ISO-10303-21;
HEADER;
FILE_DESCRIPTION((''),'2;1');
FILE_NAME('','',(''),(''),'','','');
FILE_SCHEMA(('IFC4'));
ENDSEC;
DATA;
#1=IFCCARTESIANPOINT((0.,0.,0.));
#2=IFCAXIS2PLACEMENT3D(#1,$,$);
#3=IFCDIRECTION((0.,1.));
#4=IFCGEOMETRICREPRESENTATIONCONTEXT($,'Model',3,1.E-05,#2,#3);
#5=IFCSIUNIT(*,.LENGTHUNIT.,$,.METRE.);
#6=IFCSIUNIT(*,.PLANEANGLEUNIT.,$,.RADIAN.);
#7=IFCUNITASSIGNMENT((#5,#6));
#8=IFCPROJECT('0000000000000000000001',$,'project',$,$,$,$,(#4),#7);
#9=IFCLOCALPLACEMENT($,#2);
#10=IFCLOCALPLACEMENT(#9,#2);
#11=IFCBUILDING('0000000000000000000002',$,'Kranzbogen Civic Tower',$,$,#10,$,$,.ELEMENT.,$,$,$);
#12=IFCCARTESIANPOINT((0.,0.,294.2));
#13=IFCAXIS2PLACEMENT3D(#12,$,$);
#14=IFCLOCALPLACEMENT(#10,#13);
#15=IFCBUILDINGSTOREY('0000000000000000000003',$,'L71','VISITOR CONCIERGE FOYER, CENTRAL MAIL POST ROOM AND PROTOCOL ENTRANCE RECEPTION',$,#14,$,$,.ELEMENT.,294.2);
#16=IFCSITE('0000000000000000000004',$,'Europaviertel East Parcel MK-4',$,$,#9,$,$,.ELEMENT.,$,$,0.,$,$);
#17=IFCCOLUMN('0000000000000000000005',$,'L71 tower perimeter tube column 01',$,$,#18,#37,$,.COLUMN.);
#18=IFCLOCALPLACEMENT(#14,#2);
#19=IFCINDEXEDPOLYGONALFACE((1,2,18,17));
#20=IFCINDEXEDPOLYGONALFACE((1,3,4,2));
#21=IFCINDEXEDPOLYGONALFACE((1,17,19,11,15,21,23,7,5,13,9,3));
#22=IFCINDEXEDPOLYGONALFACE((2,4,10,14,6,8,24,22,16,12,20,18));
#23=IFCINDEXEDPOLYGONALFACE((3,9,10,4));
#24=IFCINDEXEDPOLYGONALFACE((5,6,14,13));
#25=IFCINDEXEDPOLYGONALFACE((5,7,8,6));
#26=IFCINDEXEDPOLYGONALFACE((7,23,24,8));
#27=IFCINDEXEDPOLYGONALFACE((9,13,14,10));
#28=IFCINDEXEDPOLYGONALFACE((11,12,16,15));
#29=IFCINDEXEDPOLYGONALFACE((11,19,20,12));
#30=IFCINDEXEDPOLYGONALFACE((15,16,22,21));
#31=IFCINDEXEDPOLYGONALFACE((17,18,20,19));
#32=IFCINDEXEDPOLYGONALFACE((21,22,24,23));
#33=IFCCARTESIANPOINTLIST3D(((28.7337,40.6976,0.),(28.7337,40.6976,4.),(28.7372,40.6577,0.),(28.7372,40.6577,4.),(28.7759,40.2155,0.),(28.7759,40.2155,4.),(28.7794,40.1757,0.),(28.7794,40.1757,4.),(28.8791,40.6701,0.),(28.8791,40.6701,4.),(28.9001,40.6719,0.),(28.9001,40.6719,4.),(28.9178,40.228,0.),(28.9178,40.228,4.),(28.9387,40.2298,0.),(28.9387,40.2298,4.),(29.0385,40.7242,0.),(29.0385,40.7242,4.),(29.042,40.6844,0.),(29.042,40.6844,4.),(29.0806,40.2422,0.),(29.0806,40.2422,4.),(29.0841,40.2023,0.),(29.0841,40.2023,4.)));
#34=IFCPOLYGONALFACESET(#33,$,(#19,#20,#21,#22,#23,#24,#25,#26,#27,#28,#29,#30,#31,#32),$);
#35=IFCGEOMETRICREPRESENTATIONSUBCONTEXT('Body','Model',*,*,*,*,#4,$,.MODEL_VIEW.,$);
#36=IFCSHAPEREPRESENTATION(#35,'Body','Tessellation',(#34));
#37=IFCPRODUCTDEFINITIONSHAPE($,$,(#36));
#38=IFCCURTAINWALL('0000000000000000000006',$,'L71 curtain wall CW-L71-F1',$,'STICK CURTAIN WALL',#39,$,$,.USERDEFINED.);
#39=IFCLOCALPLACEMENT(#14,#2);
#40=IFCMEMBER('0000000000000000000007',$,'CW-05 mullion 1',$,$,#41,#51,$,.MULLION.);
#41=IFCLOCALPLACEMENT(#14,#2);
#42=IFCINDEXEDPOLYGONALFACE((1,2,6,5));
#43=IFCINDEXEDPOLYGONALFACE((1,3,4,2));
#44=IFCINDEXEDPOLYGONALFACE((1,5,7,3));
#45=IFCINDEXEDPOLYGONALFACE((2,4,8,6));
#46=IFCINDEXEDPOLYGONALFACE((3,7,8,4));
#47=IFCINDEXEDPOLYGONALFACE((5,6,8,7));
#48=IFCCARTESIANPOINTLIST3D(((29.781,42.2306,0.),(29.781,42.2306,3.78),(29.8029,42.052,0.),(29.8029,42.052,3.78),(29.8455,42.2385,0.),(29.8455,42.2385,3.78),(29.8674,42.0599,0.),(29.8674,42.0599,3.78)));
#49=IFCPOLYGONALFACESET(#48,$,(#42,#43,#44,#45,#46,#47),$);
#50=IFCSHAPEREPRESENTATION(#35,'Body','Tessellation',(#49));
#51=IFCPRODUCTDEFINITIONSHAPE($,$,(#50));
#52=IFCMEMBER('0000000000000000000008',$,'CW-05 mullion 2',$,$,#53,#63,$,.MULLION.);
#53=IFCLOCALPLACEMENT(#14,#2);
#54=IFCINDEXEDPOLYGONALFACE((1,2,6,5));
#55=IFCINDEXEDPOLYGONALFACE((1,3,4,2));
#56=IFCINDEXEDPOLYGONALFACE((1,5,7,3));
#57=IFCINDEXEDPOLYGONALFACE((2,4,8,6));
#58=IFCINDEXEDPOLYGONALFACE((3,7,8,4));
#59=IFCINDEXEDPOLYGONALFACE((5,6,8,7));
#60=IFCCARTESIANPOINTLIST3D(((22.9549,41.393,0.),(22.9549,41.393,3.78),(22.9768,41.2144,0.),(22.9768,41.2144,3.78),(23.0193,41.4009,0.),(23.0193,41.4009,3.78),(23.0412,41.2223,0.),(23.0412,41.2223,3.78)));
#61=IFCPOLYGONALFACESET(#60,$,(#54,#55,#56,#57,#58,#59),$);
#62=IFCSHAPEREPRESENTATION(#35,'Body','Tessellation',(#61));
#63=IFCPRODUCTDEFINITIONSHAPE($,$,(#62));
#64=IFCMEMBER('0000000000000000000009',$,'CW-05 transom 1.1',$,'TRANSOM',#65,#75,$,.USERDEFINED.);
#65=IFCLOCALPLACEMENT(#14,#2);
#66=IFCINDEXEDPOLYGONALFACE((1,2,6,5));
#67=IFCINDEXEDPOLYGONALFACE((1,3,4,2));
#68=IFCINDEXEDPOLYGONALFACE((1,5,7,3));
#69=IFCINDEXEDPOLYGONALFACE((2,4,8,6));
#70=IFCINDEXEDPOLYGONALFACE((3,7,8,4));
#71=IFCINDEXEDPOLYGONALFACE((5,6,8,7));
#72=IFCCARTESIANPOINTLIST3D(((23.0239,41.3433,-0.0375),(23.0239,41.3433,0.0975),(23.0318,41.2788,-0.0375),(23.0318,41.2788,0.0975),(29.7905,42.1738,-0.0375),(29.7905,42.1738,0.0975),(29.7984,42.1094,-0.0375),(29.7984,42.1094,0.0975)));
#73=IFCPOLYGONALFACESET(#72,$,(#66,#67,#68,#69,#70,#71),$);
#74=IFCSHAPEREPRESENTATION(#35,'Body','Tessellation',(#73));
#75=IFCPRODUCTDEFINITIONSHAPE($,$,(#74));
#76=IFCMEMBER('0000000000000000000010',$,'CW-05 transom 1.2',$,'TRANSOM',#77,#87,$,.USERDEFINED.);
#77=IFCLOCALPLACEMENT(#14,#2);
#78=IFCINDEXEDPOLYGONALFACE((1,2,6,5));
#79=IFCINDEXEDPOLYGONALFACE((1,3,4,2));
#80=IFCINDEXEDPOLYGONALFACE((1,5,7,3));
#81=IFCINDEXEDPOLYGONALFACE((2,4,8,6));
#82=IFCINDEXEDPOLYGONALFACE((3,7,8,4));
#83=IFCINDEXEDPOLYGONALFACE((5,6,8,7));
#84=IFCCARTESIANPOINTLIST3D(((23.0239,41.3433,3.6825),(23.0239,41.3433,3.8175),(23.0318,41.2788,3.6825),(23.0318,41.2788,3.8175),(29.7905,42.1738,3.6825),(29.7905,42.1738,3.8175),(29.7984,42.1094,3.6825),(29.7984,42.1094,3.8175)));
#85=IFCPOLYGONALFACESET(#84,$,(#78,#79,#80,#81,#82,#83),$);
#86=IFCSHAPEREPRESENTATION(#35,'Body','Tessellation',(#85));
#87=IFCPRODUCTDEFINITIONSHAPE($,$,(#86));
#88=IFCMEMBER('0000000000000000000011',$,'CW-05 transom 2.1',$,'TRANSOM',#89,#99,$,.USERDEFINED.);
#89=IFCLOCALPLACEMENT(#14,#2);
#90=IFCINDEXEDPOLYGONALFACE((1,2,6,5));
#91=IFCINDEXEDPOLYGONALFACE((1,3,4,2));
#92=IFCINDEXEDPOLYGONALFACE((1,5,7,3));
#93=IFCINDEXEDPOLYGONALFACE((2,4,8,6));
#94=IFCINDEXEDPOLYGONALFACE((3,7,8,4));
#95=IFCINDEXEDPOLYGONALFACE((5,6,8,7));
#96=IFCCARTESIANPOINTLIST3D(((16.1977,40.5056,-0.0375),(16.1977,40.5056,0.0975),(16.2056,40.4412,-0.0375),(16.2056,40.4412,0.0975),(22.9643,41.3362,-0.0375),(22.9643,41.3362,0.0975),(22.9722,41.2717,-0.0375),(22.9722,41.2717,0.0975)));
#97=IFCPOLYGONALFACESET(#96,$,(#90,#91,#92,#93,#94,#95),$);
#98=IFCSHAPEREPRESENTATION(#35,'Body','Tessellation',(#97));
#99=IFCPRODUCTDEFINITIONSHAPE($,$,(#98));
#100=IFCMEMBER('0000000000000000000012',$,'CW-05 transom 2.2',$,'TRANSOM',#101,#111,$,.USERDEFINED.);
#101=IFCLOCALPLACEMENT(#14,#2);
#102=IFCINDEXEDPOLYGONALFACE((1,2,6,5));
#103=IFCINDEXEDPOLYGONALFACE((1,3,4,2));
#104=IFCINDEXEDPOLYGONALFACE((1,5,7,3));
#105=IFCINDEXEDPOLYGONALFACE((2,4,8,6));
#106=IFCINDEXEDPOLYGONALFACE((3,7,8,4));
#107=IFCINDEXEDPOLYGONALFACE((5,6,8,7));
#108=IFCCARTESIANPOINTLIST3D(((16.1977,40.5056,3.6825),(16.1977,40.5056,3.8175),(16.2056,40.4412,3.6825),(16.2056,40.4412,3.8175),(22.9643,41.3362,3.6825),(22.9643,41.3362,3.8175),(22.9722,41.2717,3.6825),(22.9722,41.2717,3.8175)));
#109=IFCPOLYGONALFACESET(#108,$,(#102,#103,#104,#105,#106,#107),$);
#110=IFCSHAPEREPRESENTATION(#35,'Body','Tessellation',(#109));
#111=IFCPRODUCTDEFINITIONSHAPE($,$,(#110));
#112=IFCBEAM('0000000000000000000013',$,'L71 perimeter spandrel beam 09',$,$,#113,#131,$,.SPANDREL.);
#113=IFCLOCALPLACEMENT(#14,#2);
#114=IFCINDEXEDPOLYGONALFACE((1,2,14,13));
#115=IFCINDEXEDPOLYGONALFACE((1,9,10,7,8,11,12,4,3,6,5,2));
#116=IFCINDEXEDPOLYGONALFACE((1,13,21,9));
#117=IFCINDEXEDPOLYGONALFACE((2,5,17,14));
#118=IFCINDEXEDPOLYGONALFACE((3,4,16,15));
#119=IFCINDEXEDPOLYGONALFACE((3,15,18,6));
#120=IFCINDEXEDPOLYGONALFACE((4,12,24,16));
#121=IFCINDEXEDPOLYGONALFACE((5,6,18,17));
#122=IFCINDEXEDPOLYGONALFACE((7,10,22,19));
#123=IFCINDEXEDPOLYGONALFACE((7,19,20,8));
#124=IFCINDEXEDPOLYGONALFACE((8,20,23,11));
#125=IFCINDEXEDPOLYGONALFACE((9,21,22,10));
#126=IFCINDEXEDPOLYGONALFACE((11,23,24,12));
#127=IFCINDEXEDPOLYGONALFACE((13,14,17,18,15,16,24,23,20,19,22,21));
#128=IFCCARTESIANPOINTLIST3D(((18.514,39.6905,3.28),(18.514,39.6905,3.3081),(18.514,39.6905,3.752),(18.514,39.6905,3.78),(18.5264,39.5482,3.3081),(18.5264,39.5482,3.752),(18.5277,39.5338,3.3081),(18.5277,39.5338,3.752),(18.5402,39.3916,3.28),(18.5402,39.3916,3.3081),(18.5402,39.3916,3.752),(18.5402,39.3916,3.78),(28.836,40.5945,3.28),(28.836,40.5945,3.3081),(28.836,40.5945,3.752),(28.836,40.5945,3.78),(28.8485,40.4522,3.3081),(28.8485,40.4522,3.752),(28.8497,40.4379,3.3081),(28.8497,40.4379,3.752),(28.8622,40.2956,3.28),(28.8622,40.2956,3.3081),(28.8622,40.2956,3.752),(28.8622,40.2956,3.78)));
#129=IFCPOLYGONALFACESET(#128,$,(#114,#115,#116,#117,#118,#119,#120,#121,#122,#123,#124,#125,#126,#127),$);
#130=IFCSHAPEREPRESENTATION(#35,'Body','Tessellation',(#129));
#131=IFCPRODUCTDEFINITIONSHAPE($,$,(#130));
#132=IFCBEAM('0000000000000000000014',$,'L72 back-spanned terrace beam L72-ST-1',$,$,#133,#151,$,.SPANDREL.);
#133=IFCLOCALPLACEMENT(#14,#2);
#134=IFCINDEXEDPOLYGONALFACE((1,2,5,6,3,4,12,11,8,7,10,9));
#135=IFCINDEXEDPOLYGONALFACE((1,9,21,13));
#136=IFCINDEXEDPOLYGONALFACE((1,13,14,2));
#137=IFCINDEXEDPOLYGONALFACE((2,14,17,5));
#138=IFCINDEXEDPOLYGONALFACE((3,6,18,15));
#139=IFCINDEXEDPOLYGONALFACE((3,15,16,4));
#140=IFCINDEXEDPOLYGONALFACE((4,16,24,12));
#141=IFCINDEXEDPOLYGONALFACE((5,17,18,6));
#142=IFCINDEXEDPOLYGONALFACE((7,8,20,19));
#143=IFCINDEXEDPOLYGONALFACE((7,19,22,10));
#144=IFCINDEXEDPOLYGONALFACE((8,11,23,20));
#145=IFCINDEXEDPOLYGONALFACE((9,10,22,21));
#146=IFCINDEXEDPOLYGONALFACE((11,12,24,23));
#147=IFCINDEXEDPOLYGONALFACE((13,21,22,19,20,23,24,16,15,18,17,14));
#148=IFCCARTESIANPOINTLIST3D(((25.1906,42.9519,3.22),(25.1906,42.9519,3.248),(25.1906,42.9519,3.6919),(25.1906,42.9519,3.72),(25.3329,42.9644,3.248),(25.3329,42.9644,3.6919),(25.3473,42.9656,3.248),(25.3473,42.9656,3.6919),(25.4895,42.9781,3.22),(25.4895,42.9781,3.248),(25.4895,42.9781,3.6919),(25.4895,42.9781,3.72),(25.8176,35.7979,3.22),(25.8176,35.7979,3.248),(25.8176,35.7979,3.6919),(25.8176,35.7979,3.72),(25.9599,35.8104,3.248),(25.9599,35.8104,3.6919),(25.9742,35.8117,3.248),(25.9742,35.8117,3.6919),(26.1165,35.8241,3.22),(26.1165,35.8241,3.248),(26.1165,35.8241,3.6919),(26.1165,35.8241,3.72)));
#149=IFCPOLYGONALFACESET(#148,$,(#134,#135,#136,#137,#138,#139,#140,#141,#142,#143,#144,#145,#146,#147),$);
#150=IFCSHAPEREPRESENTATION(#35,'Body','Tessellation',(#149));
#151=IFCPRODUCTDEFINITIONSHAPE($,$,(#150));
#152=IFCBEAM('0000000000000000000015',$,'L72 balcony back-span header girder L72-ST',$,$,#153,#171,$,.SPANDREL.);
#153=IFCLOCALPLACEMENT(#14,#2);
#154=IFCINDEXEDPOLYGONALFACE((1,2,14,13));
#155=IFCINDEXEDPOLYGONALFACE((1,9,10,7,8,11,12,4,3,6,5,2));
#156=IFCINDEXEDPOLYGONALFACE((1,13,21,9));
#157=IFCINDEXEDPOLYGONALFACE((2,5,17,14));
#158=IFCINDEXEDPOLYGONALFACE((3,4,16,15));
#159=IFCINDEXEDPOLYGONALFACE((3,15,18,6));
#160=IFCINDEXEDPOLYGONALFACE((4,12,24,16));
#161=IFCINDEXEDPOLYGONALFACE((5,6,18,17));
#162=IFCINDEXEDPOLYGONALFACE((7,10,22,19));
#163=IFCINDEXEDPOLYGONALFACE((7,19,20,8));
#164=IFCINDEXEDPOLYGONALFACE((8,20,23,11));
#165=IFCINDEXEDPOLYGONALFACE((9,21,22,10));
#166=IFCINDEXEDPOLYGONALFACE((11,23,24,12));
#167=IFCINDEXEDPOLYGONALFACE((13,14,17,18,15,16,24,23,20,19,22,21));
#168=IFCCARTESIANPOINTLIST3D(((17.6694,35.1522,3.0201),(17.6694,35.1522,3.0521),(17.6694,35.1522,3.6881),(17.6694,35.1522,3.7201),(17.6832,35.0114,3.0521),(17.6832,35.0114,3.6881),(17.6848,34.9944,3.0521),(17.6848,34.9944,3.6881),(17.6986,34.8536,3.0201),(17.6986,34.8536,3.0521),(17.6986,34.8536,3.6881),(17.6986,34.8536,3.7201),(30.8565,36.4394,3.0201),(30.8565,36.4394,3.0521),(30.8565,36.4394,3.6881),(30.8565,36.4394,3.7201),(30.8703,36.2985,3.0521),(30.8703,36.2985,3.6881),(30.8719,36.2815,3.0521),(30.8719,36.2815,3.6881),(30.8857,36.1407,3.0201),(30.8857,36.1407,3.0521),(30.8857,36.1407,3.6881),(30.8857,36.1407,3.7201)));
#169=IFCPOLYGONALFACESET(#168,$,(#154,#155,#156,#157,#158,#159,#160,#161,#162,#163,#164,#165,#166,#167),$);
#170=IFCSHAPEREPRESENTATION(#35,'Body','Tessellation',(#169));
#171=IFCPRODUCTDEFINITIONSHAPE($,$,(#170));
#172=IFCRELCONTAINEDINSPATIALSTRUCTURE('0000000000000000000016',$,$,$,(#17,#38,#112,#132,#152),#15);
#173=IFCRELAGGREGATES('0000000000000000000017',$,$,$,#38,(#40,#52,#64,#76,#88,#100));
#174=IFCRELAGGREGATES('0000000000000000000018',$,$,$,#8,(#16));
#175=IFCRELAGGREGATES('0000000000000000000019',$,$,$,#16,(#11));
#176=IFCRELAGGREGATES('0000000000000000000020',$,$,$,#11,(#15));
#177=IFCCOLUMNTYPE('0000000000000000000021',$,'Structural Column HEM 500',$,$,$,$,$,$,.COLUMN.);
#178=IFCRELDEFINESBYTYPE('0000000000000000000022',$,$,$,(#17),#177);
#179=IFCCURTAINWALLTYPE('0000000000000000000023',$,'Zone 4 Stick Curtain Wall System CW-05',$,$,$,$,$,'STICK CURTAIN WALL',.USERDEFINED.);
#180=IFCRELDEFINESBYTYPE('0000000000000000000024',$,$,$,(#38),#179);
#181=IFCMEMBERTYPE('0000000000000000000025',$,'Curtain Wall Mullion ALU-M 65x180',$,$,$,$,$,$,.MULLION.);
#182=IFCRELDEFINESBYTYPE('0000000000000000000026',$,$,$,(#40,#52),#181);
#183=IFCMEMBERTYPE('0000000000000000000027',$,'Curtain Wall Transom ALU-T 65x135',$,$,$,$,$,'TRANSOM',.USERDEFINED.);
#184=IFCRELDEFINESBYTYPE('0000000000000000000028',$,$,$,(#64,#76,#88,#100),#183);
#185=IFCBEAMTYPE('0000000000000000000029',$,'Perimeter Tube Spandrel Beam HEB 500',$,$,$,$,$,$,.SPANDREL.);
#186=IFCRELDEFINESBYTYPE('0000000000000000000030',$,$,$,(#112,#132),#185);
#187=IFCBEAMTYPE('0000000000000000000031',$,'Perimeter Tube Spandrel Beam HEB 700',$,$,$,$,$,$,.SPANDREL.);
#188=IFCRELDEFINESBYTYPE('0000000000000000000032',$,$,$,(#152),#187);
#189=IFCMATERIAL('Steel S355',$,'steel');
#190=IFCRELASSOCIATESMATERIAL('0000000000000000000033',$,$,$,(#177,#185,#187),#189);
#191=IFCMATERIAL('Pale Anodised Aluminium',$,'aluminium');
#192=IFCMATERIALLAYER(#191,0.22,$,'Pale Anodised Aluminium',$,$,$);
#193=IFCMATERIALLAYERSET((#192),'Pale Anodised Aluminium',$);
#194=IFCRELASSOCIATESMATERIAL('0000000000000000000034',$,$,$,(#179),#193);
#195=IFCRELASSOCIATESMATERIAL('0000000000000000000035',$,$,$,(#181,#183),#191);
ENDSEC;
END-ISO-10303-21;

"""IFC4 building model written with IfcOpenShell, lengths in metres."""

from ifc_helpers import new_model, si_unit, direction, frame, origin, origin_2d, place, context, subcontext, project, spatial, rectangle, i_section, extrude, material, layer, layer_set, material_profile, profile_set, type_object, element, aggregate, save


model = new_model("IFC4")

# Units and contexts
model_context = context("Model", 3, precision=1e-05, world=origin(), true_north=direction((0.0, 1.0)))
body_context = subcontext(model_context, "Body", "Model", "MODEL_VIEW")
ifc_project = project(units=[si_unit("LENGTHUNIT", "METRE"), si_unit("PLANEANGLEUNIT", "RADIAN")], contexts=[model_context])

# Site, building, storey
site_placement = place(None, origin())
site = spatial("IfcSite", under=ifc_project, at=site_placement, Name="Europaviertel East Parcel MK-4", CompositionType="ELEMENT", RefElevation=0.0)
building_placement = place(site_placement, origin())
building = spatial("IfcBuilding", under=site, at=building_placement, Name="Kranzbogen Civic Tower", CompositionType="ELEMENT")
storey_placement = place(building_placement, frame((0.0, 0.0, 294.2)))
storey = spatial("IfcBuildingStorey", under=building, at=storey_placement, Name="L71", Description="VISITOR CONCIERGE FOYER, CENTRAL MAIL POST ROOM AND PROTOCOL ENTRANCE RECEPTION", CompositionType="ELEMENT", Elevation=294.2)

# Column
ifc_material_1 = material(Name="Steel S355", Category="steel")
ifc_material_profile_1 = material_profile(ifc_material_1, i_section(OverallWidth=0.3059, OverallDepth=0.5239, WebThickness=0.021, FlangeThickness=0.04, at=origin_2d()), Name="HEM 500")
ifc_profile_set_1 = profile_set([ifc_material_profile_1], Name="Steel S355")
column_type = type_object("IfcColumnType", Name="Structural Column HEM 500", PredefinedType="COLUMN", material=ifc_profile_set_1)
column_placement = place(storey_placement, frame((28.9089, 40.45, 0.0), z_axis=(0.0, 0.0, 1.0), x_axis=(0.996195, 0.087156, 0.0)))
element("IfcColumn", 1, at=column_placement, inside=storey, type_object=column_type, Name="L71 tower perimeter tube column 01", PredefinedType="COLUMN", context=body_context, shape_type="SweptSolid", body=[
    extrude(i_section(OverallWidth=0.3059, OverallDepth=0.5239, WebThickness=0.021, FlangeThickness=0.04, at=origin_2d()), origin(), (0.0, 0.0, 1.0), 4.0),
])

# Curtain wall, members
ifc_material_2 = material(Name="Pale Anodised Aluminium", Category="aluminium")
ifc_layer_1 = layer(ifc_material_2, 0.22, Name="Pale Anodised Aluminium")
ifc_layer_set_1 = layer_set([ifc_layer_1], Name="Pale Anodised Aluminium")
curtain_wall_type = type_object("IfcCurtainWallType", Name="Zone 4 Stick Curtain Wall System CW-05", ElementType="STICK CURTAIN WALL", PredefinedType="USERDEFINED", material=ifc_layer_set_1)
curtain_wall_placement = place(storey_placement, origin())
curtain_wall = element("IfcCurtainWall", 2, at=curtain_wall_placement, inside=storey, type_object=curtain_wall_type, Name="L71 curtain wall CW-L71-F1", ObjectType="STICK CURTAIN WALL", PredefinedType="USERDEFINED")
ifc_material_profile_2 = material_profile(ifc_material_2, rectangle(XDim=0.0649, YDim=0.1799, at=origin_2d()), Name="ALU-M 65x180")
ifc_profile_set_2 = profile_set([ifc_material_profile_2], Name="Pale Anodised Aluminium")
member_type_1 = type_object("IfcMemberType", Name="Curtain Wall Mullion ALU-M 65x180", PredefinedType="MULLION", material=ifc_profile_set_2)
member_1_placement = place(storey_placement, frame((29.8242, 42.1453, 0.0), z_axis=(0.0, 0.0, 1.0), x_axis=(-0.992552, -0.121825, 0.0)))
member_1 = element("IfcMember", 3, at=member_1_placement, type_object=member_type_1, Name="CW-05 mullion 1", PredefinedType="MULLION", context=body_context, shape_type="SweptSolid", body=[
    extrude(rectangle(XDim=0.0649, YDim=0.1799, at=origin_2d()), origin(), (0.0, 0.0, 1.0), 3.78),
])
member_2_placement = place(storey_placement, frame((22.998, 41.3076, 0.0), z_axis=(0.0, 0.0, 1.0), x_axis=(-0.992552, -0.121825, 0.0)))
member_2 = element("IfcMember", 4, at=member_2_placement, type_object=member_type_1, Name="CW-05 mullion 2", PredefinedType="MULLION", context=body_context, shape_type="SweptSolid", body=[
    extrude(rectangle(XDim=0.0649, YDim=0.1799, at=origin_2d()), origin(), (0.0, 0.0, 1.0), 3.78),
])
ifc_material_profile_3 = material_profile(ifc_material_2, rectangle(XDim=0.0649, YDim=0.135, at=origin_2d()), Name="ALU-T 65x135")
ifc_profile_set_3 = profile_set([ifc_material_profile_3], Name="Pale Anodised Aluminium")
member_type_2 = type_object("IfcMemberType", Name="Curtain Wall Transom ALU-T 65x135", ElementType="TRANSOM", PredefinedType="USERDEFINED", material=ifc_profile_set_3)
member_3_placement = place(storey_placement, frame((29.7944, 42.1416, 0.03), z_axis=(-0.992551, -0.121831, 0.0), x_axis=(0.121831, -0.992551, 0.0)))
member_3 = element("IfcMember", 5, at=member_3_placement, type_object=member_type_2, Name="CW-05 transom 1.1", ObjectType="TRANSOM", PredefinedType="USERDEFINED", context=body_context, shape_type="SweptSolid", body=[
    extrude(rectangle(XDim=0.0649, YDim=0.135, at=origin_2d()), origin(), (0.0, 0.0, 1.0), 6.8174),
])
member_4_placement = place(storey_placement, frame((29.7944, 42.1416, 3.75), z_axis=(-0.992551, -0.121831, 0.0), x_axis=(0.121831, -0.992551, 0.0)))
member_4 = element("IfcMember", 6, at=member_4_placement, type_object=member_type_2, Name="CW-05 transom 1.2", ObjectType="TRANSOM", PredefinedType="USERDEFINED", context=body_context, shape_type="SweptSolid", body=[
    extrude(rectangle(XDim=0.0649, YDim=0.135, at=origin_2d()), origin(), (0.0, 0.0, 1.0), 6.8174),
])
member_5_placement = place(storey_placement, frame((22.9683, 41.304, 0.03), z_axis=(-0.992551, -0.121831, 0.0), x_axis=(0.121831, -0.992551, 0.0)))
member_5 = element("IfcMember", 7, at=member_5_placement, type_object=member_type_2, Name="CW-05 transom 2.1", ObjectType="TRANSOM", PredefinedType="USERDEFINED", context=body_context, shape_type="SweptSolid", body=[
    extrude(rectangle(XDim=0.0649, YDim=0.135, at=origin_2d()), origin(), (0.0, 0.0, 1.0), 6.8174),
])
member_6_placement = place(storey_placement, frame((22.9683, 41.304, 3.75), z_axis=(-0.992551, -0.121831, 0.0), x_axis=(0.121831, -0.992551, 0.0)))
member_6 = element("IfcMember", 8, at=member_6_placement, type_object=member_type_2, Name="CW-05 transom 2.2", ObjectType="TRANSOM", PredefinedType="USERDEFINED", context=body_context, shape_type="SweptSolid", body=[
    extrude(rectangle(XDim=0.0649, YDim=0.135, at=origin_2d()), origin(), (0.0, 0.0, 1.0), 6.8174),
])

# Beams
ifc_material_profile_4 = material_profile(ifc_material_1, i_section(OverallWidth=0.3, OverallDepth=0.5, WebThickness=0.0144, FlangeThickness=0.0281, at=origin_2d()), Name="HEB 500")
ifc_profile_set_4 = profile_set([ifc_material_profile_4], Name="Steel S355")
beam_type_1 = type_object("IfcBeamType", Name="Perimeter Tube Spandrel Beam HEB 500", PredefinedType="SPANDREL", material=ifc_profile_set_4)
beam_1_placement = place(storey_placement, frame((28.8491, 40.4451, 3.53), z_axis=(-0.996186, -0.087251, 0.0), x_axis=(0.087251, -0.996186, 0.0)))
element("IfcBeam", 9, at=beam_1_placement, inside=storey, type_object=beam_type_1, Name="L71 perimeter spandrel beam 09", PredefinedType="SPANDREL", context=body_context, shape_type="SweptSolid", body=[
    extrude(i_section(OverallWidth=0.3, OverallDepth=0.5, WebThickness=0.0144, FlangeThickness=0.0281, at=origin_2d()), origin(), (0.0, 0.0, 1.0), 10.3616),
])
beam_2_placement = place(storey_placement, frame((25.967, 35.811, 3.47), z_axis=(-0.087301, 0.996182, 0.0), x_axis=(-0.996182, -0.087301, 0.0)))
element("IfcBeam", 10, at=beam_2_placement, inside=storey, type_object=beam_type_1, Name="L72 back-spanned terrace beam L72-ST-1", PredefinedType="SPANDREL", context=body_context, shape_type="SweptSolid", body=[
    extrude(i_section(OverallWidth=0.3, OverallDepth=0.5, WebThickness=0.0144, FlangeThickness=0.0281, at=origin_2d()), origin(), (0.0, 0.0, 1.0), 7.1814),
])
ifc_material_profile_5 = material_profile(ifc_material_1, i_section(OverallWidth=0.3, OverallDepth=0.7, WebThickness=0.0171, FlangeThickness=0.032, at=origin_2d()), Name="HEB 700")
ifc_profile_set_5 = profile_set([ifc_material_profile_5], Name="Steel S355")
beam_type_2 = type_object("IfcBeamType", Name="Perimeter Tube Spandrel Beam HEB 700", PredefinedType="SPANDREL", material=ifc_profile_set_5)
beam_3_placement = place(storey_placement, frame((30.8711, 36.29, 3.3701), z_axis=(-0.99527, -0.097143, 0.0), x_axis=(0.097143, -0.99527, 0.0)))
element("IfcBeam", 11, at=beam_3_placement, inside=storey, type_object=beam_type_2, Name="L72 balcony back-span header girder L72-ST", PredefinedType="SPANDREL", context=body_context, shape_type="SweptSolid", body=[
    extrude(i_section(OverallWidth=0.3, OverallDepth=0.7, WebThickness=0.0171, FlangeThickness=0.032, at=origin_2d()), origin(), (0.0, 0.0, 1.0), 13.2498),
])

aggregate(curtain_wall, [member_1, member_2, member_3, member_4, member_5, member_6])

save(model, "model.ifc")
